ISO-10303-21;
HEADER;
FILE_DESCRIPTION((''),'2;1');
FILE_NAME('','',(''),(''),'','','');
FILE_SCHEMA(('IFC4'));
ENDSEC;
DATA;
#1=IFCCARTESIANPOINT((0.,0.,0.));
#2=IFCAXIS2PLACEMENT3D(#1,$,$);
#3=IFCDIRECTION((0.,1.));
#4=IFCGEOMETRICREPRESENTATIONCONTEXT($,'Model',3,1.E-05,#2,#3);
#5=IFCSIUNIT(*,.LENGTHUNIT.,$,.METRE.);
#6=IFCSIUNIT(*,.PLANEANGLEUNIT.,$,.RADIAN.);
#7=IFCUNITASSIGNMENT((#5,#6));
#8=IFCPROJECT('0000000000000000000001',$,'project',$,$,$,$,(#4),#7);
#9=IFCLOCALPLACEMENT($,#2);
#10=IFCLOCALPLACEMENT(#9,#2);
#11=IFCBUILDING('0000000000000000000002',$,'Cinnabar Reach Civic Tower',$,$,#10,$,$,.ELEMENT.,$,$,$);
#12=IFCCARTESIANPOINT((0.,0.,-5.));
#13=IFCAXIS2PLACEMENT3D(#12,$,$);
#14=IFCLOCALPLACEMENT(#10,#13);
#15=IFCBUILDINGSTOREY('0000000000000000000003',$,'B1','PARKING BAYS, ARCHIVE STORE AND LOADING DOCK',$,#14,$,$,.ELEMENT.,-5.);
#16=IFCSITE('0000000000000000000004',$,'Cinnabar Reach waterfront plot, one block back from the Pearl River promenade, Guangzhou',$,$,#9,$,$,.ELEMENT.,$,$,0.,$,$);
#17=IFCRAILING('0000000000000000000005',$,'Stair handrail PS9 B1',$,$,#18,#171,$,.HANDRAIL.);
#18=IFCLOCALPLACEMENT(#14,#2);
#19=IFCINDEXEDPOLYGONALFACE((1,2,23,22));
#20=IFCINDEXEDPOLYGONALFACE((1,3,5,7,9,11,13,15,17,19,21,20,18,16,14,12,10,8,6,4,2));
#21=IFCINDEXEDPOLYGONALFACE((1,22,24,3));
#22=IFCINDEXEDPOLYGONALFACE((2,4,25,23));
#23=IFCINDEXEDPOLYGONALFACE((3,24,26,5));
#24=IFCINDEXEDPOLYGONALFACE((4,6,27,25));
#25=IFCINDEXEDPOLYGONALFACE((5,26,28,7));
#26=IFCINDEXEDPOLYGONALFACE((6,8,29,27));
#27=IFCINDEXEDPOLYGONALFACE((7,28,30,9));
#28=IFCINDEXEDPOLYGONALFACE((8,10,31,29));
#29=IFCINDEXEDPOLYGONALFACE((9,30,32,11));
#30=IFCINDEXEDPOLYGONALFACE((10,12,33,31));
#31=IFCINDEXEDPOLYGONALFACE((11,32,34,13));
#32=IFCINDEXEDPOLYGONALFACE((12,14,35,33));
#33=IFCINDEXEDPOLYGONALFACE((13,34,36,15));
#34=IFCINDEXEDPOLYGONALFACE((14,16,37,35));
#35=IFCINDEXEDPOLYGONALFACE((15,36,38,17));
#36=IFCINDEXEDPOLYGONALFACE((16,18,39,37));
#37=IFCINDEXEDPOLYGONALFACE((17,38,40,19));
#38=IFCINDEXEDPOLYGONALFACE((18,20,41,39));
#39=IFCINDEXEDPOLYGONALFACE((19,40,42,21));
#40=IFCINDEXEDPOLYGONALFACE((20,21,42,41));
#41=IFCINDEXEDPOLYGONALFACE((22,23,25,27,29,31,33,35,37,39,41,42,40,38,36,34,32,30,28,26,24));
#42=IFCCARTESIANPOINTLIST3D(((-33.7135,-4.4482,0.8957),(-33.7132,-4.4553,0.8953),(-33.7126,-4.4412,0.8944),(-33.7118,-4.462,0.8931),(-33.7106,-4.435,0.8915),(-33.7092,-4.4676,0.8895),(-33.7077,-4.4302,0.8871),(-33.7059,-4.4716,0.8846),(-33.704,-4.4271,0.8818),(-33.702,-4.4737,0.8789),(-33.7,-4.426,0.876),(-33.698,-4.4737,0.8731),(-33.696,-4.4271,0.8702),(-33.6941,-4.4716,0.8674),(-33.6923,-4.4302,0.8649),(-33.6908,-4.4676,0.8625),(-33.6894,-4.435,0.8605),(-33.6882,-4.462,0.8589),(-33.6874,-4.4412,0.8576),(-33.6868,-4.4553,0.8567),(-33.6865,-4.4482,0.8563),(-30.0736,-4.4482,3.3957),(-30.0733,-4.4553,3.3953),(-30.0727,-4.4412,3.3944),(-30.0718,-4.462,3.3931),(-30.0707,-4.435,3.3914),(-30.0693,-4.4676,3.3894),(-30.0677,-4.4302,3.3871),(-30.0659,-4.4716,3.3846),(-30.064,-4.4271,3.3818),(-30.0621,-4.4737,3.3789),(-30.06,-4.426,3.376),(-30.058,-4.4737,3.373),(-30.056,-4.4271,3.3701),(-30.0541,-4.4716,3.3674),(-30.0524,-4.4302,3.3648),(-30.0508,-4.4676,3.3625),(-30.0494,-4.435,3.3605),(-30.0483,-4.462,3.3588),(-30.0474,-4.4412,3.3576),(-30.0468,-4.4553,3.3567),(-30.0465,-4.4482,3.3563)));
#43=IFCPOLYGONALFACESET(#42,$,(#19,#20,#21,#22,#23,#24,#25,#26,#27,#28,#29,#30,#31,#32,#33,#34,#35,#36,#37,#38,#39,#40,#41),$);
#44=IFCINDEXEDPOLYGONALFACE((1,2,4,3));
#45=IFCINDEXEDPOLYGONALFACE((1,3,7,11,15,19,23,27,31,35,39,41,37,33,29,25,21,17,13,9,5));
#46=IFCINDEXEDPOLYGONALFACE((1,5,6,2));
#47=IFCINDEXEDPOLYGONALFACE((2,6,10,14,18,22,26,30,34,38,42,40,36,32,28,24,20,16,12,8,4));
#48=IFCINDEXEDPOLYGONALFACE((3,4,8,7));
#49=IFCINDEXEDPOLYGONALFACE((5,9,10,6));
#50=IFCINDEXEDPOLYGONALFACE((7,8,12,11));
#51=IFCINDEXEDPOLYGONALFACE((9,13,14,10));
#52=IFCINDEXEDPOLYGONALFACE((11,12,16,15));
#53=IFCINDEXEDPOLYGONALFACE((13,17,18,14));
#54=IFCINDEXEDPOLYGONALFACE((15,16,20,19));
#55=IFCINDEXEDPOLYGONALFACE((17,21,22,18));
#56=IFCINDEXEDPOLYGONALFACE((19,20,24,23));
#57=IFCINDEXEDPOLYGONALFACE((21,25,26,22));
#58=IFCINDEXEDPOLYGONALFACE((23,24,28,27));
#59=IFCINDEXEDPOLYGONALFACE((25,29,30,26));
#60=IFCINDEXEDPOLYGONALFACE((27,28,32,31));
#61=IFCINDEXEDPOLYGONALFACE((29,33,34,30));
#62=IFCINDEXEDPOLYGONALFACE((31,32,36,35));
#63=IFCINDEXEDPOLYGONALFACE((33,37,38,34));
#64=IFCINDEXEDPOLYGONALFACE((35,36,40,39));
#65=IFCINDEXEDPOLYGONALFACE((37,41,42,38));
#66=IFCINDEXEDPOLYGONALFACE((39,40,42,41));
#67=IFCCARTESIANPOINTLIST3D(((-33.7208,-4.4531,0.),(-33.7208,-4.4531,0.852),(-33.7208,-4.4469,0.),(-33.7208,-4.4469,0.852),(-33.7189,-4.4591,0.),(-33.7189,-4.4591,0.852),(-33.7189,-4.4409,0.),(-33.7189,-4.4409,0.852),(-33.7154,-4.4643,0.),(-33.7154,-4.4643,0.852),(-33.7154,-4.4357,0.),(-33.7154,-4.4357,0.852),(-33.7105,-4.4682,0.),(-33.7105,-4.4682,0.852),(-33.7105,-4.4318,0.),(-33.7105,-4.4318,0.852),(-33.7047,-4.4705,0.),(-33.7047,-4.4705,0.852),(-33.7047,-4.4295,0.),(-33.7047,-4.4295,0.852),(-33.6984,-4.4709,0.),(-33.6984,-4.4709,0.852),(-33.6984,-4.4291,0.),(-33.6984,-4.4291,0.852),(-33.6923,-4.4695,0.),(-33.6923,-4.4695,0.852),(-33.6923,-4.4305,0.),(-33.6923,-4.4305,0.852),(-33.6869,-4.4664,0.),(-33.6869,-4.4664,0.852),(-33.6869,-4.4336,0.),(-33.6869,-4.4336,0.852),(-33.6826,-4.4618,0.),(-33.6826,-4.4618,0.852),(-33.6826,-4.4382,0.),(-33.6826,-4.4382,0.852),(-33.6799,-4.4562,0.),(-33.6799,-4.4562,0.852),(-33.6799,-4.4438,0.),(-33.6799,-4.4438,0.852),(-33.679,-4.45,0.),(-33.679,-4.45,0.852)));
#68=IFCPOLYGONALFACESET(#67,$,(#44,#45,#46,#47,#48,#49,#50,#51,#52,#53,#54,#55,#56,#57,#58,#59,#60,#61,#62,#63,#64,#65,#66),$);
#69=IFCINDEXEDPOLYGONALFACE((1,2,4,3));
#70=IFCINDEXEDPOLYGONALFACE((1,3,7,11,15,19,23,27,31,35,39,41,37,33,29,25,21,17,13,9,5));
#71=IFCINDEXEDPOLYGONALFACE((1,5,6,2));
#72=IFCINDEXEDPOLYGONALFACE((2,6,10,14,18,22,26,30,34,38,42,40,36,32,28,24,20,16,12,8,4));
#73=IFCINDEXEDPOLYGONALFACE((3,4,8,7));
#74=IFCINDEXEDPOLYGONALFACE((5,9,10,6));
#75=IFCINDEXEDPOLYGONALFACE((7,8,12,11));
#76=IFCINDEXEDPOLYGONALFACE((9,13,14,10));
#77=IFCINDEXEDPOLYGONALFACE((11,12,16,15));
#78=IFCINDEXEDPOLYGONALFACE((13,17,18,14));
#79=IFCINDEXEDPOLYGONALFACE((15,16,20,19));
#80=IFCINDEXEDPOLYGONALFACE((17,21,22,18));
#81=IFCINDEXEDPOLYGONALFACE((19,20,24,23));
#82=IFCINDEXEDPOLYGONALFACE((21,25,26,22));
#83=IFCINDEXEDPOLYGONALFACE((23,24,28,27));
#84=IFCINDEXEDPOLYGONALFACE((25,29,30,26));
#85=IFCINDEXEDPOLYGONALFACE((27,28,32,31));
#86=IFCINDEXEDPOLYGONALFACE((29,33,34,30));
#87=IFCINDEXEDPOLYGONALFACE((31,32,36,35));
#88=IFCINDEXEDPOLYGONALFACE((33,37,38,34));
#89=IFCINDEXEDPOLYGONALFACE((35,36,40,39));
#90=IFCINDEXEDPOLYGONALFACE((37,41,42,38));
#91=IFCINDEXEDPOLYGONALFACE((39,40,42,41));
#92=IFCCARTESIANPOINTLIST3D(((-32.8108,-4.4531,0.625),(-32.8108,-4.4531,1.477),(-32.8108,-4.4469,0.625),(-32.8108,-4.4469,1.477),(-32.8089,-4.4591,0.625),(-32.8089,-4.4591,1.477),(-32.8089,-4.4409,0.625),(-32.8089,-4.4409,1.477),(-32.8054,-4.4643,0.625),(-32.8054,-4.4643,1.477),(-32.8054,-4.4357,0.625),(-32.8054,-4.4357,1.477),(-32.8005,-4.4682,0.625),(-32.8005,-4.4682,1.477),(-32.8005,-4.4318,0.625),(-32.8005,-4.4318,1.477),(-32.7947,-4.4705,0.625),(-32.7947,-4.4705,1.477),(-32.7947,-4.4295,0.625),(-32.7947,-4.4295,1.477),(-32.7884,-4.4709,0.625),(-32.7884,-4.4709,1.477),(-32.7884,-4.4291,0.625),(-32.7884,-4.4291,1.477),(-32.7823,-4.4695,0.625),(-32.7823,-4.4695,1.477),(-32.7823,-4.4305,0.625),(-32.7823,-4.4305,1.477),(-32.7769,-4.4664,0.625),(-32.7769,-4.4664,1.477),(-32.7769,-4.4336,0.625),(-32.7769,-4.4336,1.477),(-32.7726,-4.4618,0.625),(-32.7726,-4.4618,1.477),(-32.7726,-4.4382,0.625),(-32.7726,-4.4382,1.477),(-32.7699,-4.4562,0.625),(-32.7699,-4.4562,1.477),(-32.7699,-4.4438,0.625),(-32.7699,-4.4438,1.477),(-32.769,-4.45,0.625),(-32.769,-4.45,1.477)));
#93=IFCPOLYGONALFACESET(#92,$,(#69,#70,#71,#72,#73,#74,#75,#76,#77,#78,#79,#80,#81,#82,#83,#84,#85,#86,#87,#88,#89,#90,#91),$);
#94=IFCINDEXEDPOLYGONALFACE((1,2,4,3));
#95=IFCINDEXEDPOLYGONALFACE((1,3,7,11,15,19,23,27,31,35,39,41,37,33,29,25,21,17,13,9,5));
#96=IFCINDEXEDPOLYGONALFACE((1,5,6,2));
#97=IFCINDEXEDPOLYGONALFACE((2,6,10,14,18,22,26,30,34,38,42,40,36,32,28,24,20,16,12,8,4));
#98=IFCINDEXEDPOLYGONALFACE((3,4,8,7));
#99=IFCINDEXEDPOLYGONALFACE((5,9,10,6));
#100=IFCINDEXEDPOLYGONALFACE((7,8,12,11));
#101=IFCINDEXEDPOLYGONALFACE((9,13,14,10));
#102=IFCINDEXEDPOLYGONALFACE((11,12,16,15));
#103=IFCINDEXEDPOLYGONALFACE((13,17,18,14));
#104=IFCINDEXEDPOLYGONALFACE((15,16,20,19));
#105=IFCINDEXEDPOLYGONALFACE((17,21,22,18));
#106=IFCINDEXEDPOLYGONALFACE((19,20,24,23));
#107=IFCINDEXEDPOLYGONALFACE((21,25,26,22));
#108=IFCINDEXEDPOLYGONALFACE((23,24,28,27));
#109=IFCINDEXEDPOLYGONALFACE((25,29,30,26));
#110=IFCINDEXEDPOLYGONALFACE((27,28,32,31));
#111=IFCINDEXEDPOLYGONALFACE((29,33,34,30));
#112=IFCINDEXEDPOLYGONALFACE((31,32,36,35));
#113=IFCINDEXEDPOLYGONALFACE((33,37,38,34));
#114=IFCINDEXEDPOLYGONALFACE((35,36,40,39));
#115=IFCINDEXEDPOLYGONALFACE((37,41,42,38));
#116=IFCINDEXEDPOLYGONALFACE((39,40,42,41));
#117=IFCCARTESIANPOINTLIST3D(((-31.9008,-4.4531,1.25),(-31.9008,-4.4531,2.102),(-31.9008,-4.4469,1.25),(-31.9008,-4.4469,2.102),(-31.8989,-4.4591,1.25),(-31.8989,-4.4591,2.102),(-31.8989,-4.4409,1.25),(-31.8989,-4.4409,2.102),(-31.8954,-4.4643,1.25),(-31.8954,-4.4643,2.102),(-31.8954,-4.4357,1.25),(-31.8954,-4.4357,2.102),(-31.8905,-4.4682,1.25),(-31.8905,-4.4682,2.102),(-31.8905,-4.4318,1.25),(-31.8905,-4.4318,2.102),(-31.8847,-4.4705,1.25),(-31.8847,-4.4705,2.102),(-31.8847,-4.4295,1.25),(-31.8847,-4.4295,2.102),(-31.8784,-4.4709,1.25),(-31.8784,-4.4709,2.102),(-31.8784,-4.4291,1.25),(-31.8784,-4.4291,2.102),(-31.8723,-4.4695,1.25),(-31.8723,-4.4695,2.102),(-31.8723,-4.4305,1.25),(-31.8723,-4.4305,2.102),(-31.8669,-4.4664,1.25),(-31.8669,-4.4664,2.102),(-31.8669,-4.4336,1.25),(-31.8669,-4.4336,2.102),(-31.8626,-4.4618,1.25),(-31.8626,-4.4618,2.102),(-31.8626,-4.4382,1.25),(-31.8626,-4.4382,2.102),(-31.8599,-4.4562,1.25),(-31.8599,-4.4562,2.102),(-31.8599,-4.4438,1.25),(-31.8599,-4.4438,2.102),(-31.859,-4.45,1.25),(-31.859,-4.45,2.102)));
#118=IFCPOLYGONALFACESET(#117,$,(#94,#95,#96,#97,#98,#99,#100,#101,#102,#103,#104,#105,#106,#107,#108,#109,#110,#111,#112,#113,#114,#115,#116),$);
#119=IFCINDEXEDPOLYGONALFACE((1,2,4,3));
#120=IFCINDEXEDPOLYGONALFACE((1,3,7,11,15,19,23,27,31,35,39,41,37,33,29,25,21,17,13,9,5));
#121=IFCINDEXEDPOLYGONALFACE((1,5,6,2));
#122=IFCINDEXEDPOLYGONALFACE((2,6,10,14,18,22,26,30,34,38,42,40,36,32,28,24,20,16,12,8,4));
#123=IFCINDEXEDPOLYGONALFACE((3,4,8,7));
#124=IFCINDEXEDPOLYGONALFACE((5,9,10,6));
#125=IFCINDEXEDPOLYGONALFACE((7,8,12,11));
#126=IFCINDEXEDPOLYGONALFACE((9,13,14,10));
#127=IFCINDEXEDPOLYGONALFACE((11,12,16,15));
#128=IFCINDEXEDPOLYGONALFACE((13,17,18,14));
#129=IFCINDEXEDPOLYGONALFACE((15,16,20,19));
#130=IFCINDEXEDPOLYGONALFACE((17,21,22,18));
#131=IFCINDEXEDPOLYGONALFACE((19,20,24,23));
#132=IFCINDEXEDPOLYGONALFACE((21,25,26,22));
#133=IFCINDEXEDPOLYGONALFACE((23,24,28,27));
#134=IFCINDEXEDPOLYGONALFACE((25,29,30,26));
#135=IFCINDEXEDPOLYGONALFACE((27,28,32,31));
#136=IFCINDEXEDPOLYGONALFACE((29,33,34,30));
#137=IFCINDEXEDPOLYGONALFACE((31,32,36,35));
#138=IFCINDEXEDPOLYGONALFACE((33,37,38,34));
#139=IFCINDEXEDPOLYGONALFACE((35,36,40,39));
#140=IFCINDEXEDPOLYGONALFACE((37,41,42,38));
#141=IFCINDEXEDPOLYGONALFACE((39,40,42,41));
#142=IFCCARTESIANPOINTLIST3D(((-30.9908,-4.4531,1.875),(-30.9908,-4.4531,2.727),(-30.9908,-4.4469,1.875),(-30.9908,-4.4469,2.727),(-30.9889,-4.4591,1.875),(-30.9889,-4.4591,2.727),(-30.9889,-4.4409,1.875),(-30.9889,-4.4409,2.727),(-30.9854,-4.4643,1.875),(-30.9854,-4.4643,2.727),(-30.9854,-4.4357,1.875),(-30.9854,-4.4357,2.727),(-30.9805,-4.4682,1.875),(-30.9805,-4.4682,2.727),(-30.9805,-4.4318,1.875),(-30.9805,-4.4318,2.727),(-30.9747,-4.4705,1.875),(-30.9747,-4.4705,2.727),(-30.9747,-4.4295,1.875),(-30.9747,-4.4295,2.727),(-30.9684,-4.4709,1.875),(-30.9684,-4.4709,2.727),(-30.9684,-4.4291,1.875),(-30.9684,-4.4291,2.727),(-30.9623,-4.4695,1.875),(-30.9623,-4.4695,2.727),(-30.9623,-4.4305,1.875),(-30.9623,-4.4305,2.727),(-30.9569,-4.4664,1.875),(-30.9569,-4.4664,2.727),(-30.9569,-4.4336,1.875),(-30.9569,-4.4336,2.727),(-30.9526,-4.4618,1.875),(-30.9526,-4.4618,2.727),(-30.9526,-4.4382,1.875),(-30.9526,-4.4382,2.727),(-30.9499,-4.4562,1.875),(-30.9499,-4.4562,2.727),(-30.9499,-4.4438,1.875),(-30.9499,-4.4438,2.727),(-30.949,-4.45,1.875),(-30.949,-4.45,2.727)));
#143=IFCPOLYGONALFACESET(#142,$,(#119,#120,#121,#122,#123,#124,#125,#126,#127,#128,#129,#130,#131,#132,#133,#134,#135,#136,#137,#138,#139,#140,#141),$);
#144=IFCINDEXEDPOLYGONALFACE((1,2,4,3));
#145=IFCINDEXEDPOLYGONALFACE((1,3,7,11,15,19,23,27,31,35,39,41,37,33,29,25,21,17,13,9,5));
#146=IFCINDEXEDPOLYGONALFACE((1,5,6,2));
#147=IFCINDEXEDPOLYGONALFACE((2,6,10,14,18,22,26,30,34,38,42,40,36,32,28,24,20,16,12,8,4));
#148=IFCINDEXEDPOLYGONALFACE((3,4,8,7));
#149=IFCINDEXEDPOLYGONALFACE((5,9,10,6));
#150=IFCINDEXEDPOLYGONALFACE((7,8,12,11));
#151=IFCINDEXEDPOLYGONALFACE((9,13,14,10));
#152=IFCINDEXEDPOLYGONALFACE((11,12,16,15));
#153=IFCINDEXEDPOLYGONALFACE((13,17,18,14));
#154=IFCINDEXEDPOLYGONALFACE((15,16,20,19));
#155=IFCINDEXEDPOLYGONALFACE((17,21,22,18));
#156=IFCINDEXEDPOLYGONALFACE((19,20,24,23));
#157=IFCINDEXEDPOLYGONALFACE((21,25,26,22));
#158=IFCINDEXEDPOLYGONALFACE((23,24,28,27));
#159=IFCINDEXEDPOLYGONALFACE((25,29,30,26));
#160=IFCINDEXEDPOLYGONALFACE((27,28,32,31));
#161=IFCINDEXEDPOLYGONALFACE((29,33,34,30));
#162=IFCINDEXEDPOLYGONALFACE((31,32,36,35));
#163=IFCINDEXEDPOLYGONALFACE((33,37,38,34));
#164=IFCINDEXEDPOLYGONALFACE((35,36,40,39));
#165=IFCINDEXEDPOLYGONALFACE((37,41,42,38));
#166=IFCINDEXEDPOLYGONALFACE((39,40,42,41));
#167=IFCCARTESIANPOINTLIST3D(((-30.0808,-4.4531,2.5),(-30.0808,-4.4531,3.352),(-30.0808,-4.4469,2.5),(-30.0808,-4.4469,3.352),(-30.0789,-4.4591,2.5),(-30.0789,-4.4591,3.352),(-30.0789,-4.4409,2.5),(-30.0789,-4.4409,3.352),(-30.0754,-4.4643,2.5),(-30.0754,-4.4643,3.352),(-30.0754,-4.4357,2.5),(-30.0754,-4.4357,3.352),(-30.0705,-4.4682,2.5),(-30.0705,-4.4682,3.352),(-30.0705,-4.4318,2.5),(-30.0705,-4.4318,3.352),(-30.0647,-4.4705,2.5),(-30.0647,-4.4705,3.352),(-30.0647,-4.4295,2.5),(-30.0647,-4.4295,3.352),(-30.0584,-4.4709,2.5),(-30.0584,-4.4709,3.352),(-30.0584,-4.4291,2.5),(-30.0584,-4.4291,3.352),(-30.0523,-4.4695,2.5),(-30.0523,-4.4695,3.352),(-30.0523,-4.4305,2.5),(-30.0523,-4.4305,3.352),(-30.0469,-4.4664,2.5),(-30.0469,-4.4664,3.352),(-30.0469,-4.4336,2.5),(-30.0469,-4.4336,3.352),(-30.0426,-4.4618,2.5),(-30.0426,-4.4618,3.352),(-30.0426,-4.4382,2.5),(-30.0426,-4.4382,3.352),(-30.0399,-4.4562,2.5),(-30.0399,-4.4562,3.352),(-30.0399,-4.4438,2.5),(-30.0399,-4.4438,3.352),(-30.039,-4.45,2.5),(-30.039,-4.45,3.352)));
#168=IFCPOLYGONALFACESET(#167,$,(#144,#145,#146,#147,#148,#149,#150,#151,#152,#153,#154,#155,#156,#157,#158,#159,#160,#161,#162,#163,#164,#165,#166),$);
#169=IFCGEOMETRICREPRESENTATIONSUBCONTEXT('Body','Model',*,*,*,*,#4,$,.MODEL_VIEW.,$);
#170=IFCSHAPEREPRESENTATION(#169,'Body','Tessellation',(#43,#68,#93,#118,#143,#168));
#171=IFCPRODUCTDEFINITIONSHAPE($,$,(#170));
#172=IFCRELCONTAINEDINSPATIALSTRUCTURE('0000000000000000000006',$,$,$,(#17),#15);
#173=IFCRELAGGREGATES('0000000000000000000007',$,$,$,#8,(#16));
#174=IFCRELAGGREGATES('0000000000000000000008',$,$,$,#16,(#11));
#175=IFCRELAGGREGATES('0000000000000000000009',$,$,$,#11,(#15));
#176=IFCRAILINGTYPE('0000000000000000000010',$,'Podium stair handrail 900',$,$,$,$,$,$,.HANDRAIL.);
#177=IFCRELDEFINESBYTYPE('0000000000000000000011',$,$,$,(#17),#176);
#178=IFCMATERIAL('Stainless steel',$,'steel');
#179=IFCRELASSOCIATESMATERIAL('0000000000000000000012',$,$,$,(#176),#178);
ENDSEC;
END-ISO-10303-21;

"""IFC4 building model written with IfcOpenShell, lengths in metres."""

from ifc_helpers import new_model, si_unit, direction, frame, origin, origin_2d, place, context, subcontext, project, spatial, circle, extrude, material, type_object, element, save


model = new_model("IFC4")

# Units and contexts
model_context = context("Model", 3, precision=1e-05, world=origin(), true_north=direction((0.0, 1.0)))
body_context = subcontext(model_context, "Body", "Model", "MODEL_VIEW")
ifc_project = project(units=[si_unit("LENGTHUNIT", "METRE"), si_unit("PLANEANGLEUNIT", "RADIAN")], contexts=[model_context])

# Site, building, storey
site_placement = place(None, origin())
site = spatial("IfcSite", under=ifc_project, at=site_placement, Name="Cinnabar Reach waterfront plot, one block back from the Pearl River promenade, Guangzhou", CompositionType="ELEMENT", RefElevation=0.0)
building_placement = place(site_placement, origin())
building = spatial("IfcBuilding", under=site, at=building_placement, Name="Cinnabar Reach Civic Tower", CompositionType="ELEMENT")
storey_placement = place(building_placement, frame((0.0, 0.0, -5.0)))
storey = spatial("IfcBuildingStorey", under=building, at=storey_placement, Name="B1", Description="PARKING BAYS, ARCHIVE STORE AND LOADING DOCK", CompositionType="ELEMENT", Elevation=-5.0)

# Railing
ifc_material_1 = material(Name="Stainless steel", Category="steel")
railing_type_1 = type_object("IfcRailingType", Name="Podium stair handrail 900", PredefinedType="HANDRAIL", material=ifc_material_1)
railing_1_placement = place(storey_placement, frame((-33.7, -4.45, 0.0)))
element("IfcRailing", 1, at=railing_1_placement, inside=storey, type_object=railing_type_1, Name="Stair handrail PS9 B1", PredefinedType="HANDRAIL", context=body_context, shape_type="SweptSolid", body=[
    extrude(circle(Radius=0.024, at=origin_2d()), frame((0.0, 0.0, 0.876), z_axis=(0.824306, 0.0, 0.566144), x_axis=(0.0, 1.0, 0.0)), (0.0, 0.0, 1.0), 4.4158),
    extrude(circle(Radius=0.021, at=origin_2d()), origin(), (0.0, 0.0, 1.0), 0.852),
    extrude(circle(Radius=0.021, at=origin_2d()), frame((0.91, 0.0, 0.625)), (0.0, 0.0, 1.0), 0.852),
    extrude(circle(Radius=0.021, at=origin_2d()), frame((1.82, 0.0, 1.25)), (0.0, 0.0, 1.0), 0.852),
    extrude(circle(Radius=0.021, at=origin_2d()), frame((2.73, 0.0, 1.875)), (0.0, 0.0, 1.0), 0.852),
    extrude(circle(Radius=0.021, at=origin_2d()), frame((3.64, 0.0, 2.5)), (0.0, 0.0, 1.0), 0.852),
])

save(model, "model.ifc")
